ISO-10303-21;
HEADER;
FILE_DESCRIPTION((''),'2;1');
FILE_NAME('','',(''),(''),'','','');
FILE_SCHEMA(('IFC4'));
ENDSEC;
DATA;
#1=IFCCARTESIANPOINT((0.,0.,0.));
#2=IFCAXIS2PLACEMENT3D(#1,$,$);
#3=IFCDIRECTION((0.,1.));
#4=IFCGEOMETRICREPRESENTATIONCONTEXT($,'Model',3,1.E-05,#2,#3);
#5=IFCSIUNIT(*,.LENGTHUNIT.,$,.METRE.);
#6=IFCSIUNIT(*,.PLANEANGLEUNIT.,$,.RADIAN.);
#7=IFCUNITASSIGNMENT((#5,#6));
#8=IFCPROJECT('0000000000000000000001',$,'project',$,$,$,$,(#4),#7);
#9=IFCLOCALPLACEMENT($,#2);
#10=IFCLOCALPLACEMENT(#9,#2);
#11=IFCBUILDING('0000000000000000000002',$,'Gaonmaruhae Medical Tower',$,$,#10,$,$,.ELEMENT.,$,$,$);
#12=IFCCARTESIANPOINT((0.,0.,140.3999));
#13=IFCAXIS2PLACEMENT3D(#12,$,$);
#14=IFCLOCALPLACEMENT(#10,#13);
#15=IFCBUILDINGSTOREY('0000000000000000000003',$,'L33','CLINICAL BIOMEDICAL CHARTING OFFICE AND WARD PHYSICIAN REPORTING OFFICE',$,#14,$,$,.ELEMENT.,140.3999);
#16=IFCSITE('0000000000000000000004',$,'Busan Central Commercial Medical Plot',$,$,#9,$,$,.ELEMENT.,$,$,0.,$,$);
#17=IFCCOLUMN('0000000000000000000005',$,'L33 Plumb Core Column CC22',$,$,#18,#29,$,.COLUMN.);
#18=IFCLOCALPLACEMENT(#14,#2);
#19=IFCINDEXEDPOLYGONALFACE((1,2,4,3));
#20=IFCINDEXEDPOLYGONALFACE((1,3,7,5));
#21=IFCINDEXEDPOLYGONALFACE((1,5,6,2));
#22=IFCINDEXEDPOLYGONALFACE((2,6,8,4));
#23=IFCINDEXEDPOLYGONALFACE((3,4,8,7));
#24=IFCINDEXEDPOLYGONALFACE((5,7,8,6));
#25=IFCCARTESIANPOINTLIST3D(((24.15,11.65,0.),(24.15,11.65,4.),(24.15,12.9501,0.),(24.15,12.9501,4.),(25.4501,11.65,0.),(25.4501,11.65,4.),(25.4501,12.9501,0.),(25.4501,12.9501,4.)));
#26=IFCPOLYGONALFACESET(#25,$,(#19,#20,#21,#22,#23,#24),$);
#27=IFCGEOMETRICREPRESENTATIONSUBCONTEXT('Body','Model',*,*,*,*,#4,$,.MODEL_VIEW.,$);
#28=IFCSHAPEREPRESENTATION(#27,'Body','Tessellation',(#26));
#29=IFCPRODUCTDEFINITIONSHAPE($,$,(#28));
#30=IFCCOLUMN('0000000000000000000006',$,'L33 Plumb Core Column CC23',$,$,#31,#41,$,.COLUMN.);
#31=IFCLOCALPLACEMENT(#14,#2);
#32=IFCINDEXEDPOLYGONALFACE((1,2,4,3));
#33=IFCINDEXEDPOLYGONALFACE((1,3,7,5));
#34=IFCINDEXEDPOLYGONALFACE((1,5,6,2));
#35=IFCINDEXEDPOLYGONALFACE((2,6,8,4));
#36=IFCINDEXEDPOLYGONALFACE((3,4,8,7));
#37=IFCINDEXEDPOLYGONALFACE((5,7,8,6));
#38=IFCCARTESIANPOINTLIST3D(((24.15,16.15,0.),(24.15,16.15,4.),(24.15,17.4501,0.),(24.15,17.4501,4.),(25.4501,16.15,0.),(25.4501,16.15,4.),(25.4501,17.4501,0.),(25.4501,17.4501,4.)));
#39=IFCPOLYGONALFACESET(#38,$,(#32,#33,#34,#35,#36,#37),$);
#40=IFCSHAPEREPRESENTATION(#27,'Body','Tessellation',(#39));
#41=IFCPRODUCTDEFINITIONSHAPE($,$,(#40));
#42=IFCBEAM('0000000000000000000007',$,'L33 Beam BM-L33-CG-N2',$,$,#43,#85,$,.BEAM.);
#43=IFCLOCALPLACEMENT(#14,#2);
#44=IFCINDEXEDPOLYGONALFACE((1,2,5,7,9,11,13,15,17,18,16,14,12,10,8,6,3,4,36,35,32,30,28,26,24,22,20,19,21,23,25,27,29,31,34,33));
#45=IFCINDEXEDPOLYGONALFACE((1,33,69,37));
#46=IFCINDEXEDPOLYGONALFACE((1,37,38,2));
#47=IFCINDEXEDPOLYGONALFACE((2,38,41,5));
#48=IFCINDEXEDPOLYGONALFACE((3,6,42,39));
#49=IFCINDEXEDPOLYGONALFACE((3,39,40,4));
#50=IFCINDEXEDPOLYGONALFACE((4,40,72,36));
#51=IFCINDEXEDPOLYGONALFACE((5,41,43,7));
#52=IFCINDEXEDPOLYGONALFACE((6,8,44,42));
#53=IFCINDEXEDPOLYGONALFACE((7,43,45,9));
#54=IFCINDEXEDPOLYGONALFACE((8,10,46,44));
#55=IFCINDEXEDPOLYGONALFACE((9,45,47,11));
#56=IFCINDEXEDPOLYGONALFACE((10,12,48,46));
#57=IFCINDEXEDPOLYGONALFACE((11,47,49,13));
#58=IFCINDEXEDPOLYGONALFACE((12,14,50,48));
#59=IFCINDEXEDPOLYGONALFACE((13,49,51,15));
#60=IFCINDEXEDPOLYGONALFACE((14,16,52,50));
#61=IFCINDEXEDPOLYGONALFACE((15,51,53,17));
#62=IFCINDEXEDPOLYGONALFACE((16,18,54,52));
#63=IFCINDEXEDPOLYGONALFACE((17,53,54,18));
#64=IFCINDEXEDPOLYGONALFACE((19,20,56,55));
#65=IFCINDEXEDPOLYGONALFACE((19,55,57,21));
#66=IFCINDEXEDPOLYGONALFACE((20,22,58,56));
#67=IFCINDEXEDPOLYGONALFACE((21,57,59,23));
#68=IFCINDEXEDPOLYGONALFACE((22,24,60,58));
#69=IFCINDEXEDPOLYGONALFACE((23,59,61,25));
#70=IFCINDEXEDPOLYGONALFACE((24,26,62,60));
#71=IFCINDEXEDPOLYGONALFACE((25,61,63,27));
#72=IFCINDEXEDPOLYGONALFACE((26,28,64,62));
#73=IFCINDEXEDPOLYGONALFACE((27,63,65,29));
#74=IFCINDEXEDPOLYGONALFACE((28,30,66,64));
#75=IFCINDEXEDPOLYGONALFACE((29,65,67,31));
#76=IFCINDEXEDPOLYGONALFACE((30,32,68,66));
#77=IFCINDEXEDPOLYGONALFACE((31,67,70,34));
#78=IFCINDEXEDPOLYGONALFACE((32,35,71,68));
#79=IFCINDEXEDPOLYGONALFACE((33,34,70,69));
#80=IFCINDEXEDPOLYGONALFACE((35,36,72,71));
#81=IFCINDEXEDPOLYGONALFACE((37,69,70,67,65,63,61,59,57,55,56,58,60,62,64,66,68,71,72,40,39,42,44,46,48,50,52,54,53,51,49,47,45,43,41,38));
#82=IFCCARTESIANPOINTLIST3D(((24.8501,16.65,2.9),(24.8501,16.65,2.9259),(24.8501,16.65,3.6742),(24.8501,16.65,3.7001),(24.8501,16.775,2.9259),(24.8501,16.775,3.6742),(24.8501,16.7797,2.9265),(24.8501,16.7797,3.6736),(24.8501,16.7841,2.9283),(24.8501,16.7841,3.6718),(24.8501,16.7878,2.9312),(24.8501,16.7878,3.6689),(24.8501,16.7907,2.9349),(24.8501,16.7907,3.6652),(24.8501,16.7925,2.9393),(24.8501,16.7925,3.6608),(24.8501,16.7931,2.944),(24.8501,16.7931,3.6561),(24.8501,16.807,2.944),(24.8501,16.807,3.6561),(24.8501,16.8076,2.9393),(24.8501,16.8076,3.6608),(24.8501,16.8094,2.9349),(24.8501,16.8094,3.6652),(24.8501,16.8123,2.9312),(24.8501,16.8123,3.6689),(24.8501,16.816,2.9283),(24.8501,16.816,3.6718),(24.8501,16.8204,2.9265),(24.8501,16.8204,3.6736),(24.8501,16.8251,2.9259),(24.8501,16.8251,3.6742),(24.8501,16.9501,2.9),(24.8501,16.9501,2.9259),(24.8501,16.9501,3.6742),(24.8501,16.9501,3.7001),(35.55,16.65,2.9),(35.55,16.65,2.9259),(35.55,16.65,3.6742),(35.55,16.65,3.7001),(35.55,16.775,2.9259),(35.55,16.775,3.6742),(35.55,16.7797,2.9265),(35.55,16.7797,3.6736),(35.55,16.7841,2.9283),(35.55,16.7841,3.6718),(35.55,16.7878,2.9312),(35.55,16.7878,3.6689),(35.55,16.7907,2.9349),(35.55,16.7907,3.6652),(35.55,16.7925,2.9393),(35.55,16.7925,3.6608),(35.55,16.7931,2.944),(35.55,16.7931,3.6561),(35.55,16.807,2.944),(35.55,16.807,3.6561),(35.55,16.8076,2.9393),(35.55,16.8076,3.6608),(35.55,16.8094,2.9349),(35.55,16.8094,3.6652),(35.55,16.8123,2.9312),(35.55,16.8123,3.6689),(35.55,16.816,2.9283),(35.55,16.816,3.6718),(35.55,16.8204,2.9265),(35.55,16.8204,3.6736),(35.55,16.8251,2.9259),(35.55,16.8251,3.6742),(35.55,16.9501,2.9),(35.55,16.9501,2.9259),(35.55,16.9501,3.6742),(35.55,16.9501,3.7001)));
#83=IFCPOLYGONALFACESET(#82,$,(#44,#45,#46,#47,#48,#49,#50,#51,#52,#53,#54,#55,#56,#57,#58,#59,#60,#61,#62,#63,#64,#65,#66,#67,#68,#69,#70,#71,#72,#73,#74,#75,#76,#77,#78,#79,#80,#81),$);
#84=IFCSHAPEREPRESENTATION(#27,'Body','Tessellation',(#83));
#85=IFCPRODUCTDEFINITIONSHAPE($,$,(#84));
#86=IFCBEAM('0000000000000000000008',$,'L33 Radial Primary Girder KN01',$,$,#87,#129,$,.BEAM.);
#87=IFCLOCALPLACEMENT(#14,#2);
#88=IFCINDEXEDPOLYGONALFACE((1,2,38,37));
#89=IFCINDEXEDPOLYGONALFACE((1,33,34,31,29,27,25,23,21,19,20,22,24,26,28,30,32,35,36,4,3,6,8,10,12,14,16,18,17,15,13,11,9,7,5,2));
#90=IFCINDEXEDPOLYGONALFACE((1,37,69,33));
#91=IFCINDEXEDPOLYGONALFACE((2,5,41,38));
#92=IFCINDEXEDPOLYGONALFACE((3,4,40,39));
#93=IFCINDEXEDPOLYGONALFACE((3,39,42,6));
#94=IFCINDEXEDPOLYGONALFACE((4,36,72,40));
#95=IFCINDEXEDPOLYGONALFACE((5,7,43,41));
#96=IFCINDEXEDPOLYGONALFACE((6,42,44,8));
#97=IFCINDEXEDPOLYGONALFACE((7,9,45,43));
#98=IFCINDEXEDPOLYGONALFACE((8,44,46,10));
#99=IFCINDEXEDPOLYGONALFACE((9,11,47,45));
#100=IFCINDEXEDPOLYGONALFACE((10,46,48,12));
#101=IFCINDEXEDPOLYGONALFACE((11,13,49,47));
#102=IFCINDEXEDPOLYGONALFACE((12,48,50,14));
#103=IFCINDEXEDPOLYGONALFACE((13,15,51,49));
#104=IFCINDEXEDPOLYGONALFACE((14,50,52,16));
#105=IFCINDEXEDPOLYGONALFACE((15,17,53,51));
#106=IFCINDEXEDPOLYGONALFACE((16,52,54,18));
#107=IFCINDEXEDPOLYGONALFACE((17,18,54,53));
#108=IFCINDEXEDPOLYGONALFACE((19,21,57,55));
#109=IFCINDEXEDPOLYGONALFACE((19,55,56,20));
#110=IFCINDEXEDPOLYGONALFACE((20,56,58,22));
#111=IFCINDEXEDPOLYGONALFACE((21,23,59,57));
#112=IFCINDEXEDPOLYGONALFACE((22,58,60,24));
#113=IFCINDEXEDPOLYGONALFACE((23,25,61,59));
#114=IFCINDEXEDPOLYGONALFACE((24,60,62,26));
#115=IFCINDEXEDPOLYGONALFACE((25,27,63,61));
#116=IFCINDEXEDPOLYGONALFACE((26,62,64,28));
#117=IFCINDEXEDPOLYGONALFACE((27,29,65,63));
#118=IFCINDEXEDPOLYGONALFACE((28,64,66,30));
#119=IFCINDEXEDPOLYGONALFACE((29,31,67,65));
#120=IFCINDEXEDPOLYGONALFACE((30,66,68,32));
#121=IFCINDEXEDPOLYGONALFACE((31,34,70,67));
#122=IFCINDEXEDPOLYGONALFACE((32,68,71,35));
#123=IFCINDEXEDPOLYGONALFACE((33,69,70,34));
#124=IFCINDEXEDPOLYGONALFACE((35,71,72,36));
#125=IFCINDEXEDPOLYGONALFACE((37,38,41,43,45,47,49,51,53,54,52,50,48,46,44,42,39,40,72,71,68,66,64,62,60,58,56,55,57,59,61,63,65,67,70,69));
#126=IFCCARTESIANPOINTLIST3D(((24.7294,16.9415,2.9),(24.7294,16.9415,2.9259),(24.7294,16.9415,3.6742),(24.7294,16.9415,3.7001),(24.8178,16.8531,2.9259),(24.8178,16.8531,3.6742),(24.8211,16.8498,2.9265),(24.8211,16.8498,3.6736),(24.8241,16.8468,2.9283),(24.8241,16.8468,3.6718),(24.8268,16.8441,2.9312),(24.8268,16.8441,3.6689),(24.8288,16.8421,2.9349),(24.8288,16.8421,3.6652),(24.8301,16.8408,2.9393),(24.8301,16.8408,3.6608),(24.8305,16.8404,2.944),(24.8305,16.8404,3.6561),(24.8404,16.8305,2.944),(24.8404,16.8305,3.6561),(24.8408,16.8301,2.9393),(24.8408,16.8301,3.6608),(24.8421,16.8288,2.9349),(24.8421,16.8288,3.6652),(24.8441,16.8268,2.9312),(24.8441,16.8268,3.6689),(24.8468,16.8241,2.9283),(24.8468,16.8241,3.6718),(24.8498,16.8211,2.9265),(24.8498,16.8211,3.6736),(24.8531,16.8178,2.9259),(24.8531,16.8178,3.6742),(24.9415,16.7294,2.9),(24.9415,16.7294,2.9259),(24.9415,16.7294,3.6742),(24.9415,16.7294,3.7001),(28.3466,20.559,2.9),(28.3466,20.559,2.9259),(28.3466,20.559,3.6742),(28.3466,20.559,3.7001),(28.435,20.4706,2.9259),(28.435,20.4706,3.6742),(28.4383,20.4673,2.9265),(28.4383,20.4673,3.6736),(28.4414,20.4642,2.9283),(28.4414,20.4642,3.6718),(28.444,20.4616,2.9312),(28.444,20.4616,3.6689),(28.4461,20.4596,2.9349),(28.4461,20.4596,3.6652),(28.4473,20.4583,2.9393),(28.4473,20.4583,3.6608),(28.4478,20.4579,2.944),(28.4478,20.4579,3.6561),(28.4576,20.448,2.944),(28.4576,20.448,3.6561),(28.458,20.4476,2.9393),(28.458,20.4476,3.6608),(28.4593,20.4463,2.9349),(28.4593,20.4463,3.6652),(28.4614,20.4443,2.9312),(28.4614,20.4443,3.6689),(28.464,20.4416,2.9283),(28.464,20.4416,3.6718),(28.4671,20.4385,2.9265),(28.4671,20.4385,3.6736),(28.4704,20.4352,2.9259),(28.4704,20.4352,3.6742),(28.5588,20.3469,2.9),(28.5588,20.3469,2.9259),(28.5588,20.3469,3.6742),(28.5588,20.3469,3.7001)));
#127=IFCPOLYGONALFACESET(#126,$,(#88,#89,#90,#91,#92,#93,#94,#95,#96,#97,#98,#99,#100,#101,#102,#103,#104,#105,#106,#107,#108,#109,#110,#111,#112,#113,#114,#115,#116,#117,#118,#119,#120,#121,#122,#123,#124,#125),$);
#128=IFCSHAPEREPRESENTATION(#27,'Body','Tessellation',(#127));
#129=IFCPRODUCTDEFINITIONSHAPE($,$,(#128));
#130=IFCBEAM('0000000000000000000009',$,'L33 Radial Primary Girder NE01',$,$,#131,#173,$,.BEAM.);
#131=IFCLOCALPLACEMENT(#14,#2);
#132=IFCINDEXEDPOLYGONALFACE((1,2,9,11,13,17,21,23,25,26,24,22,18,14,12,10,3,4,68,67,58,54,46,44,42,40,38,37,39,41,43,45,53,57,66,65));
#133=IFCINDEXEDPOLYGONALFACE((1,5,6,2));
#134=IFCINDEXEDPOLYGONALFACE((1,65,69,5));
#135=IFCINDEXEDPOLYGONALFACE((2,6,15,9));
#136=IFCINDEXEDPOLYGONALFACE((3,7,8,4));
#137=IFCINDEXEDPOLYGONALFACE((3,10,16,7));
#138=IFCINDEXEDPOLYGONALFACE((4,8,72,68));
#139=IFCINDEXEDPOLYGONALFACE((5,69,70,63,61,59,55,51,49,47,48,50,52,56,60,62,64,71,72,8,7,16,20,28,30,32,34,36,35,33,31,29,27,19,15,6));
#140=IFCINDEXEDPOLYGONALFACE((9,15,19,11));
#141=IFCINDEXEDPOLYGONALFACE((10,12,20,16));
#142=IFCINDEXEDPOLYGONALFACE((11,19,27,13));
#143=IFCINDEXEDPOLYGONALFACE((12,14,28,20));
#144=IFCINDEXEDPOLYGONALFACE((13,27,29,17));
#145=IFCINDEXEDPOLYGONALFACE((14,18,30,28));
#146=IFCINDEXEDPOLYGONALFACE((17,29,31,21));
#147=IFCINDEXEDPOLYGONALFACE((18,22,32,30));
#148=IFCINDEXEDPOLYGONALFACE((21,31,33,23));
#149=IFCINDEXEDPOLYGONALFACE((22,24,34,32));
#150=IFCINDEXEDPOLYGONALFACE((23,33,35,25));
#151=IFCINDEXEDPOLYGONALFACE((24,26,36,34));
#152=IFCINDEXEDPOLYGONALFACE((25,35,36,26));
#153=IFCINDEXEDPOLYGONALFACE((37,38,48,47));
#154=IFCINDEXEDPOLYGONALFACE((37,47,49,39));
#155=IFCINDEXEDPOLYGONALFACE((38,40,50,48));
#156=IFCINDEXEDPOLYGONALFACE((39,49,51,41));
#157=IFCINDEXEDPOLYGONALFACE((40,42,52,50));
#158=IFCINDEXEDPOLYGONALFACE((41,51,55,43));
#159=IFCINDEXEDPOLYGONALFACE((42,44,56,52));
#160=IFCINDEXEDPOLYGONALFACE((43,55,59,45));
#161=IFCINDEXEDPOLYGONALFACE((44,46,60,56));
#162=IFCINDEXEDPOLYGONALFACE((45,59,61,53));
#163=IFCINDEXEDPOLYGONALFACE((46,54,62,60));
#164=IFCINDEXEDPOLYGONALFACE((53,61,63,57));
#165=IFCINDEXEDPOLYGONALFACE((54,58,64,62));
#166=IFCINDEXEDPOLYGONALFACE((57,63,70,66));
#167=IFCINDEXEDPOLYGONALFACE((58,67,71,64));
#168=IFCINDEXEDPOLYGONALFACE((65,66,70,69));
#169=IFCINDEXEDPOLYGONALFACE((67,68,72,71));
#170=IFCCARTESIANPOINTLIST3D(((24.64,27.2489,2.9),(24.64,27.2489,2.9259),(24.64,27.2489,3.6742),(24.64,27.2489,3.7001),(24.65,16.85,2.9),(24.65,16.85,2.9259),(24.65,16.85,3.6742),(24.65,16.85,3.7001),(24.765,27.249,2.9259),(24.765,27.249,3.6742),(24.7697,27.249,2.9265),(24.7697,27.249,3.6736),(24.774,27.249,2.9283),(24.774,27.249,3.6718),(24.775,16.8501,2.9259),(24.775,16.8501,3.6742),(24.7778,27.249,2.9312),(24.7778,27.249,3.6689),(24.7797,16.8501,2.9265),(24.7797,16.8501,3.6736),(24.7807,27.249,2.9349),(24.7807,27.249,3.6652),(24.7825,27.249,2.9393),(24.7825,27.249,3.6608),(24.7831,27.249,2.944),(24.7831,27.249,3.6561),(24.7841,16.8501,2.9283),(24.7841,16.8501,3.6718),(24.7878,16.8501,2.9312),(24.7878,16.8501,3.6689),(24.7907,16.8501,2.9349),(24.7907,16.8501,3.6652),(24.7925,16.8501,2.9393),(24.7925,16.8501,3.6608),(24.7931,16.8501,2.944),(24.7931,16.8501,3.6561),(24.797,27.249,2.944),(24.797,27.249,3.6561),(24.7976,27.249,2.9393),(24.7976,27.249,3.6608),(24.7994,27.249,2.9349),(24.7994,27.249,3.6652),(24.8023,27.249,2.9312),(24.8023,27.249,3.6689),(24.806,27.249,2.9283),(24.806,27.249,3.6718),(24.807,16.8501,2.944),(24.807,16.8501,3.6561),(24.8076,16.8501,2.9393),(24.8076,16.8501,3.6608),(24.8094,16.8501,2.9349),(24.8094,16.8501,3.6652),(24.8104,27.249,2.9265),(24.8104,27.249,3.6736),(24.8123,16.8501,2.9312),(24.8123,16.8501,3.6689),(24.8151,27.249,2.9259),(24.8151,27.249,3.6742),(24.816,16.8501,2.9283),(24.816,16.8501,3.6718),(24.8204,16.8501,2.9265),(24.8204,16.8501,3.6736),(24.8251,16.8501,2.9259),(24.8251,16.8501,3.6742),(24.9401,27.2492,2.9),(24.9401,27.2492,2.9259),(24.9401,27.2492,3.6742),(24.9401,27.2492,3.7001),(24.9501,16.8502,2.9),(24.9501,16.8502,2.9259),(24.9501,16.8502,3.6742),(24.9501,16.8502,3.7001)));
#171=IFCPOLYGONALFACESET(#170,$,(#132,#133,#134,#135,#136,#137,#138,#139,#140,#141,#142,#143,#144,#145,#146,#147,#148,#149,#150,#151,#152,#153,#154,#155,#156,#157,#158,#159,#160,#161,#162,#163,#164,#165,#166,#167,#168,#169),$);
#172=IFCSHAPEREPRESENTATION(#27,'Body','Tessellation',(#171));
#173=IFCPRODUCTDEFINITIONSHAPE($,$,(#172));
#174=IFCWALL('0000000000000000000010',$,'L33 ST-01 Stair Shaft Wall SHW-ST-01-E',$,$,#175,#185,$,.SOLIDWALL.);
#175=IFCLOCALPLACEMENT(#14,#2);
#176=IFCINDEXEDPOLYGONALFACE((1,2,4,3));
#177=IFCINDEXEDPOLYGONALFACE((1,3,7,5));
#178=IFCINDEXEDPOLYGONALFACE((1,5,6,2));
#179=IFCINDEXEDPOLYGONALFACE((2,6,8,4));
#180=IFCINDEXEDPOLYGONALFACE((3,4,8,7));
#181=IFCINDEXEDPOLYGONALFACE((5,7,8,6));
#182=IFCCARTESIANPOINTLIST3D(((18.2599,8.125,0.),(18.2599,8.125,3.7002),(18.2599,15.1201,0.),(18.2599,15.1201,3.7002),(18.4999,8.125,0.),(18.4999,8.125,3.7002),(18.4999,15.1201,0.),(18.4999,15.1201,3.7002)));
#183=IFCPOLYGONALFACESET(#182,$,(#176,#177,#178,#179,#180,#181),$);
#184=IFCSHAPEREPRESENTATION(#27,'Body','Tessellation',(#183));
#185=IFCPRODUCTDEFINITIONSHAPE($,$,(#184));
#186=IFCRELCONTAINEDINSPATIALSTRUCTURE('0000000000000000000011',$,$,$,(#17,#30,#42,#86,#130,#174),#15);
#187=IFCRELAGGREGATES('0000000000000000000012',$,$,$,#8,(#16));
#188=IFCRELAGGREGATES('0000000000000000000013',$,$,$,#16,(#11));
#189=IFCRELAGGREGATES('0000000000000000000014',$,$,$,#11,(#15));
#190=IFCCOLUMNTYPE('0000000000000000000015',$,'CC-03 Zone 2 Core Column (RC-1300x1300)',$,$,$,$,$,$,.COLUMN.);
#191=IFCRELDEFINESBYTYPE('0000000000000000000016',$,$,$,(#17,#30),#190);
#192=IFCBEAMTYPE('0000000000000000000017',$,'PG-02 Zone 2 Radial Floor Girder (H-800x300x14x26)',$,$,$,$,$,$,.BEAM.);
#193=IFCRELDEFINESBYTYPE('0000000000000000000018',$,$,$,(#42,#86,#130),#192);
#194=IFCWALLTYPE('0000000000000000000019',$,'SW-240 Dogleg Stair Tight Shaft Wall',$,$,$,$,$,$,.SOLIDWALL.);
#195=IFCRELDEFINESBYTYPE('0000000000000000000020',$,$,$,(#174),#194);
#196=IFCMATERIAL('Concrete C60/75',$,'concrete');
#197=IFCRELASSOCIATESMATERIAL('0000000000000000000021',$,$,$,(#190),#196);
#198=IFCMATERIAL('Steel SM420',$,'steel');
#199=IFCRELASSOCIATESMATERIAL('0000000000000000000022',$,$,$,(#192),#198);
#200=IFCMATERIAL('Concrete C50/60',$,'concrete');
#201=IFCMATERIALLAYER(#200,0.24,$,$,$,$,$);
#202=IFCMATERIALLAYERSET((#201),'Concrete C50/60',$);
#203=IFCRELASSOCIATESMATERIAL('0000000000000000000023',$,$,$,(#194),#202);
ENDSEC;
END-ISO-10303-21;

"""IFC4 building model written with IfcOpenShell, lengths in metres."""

from ifc_helpers import new_model, si_unit, direction, frame, frame_2d, origin, origin_2d, place, context, subcontext, project, spatial, rectangle, i_section, extrude, material, layer, layer_set, material_profile, profile_set, type_object, element, save


model = new_model("IFC4")

# Units and contexts
model_context = context("Model", 3, precision=1e-05, world=origin(), true_north=direction((0.0, 1.0)))
body_context = subcontext(model_context, "Body", "Model", "MODEL_VIEW")
ifc_project = project(units=[si_unit("LENGTHUNIT", "METRE"), si_unit("PLANEANGLEUNIT", "RADIAN")], contexts=[model_context])

# Site, building, storey
site_placement = place(None, origin())
site = spatial("IfcSite", under=ifc_project, at=site_placement, Name="Busan Central Commercial Medical Plot", CompositionType="ELEMENT", RefElevation=0.0)
building_placement = place(site_placement, origin())
building = spatial("IfcBuilding", under=site, at=building_placement, Name="Gaonmaruhae Medical Tower", CompositionType="ELEMENT")
storey_placement = place(building_placement, frame((0.0, 0.0, 140.3999)))
storey = spatial("IfcBuildingStorey", under=building, at=storey_placement, Name="L33", Description="CLINICAL BIOMEDICAL CHARTING OFFICE AND WARD PHYSICIAN REPORTING OFFICE", CompositionType="ELEMENT", Elevation=140.3999)

# Columns
ifc_material_1 = material(Name="Concrete C60/75", Category="concrete")
ifc_material_profile_1 = material_profile(ifc_material_1, rectangle(XDim=1.3, YDim=1.3, at=origin_2d()), Name="RC-1300x1300")
ifc_profile_set_1 = profile_set([ifc_material_profile_1], Name="Concrete C60/75")
column_type = type_object("IfcColumnType", Name="CC-03 Zone 2 Core Column (RC-1300x1300)", PredefinedType="COLUMN", material=ifc_profile_set_1)
for number, where, z_axis, x_axis, name in (
    (1, (24.8, 12.3, 0.0), (0.0, 0.0, 1.0), (1.0, 0.0, 0.0), "L33 Plumb Core Column CC22"),
    (2, (24.8, 16.8, 0.0), (0.0, 0.0, 1.0), (1.0, 0.0, 0.0), "L33 Plumb Core Column CC23"),
):
    element("IfcColumn", number, at=place(storey_placement, frame(where, z_axis=z_axis, x_axis=x_axis)), inside=storey, type_object=column_type, Name=name, PredefinedType="COLUMN", context=body_context, shape_type="SweptSolid", body=[
        extrude(rectangle(XDim=1.3, YDim=1.3, at=origin_2d()), origin(), (0.0, 0.0, 1.0), 4.0),
    ])

# Beams
ifc_material_2 = material(Name="Steel SM420", Category="steel")
ifc_material_profile_2 = material_profile(ifc_material_2, i_section(OverallWidth=0.3, OverallDepth=0.8, WebThickness=0.0139, FlangeThickness=0.0259, FilletRadius=0.0181, at=origin_2d()), Name="H-800x300x14x26")
ifc_profile_set_2 = profile_set([ifc_material_profile_2], Name="Steel SM420")
beam_type = type_object("IfcBeamType", Name="PG-02 Zone 2 Radial Floor Girder (H-800x300x14x26)", PredefinedType="BEAM", material=ifc_profile_set_2)
beam_1_placement = place(storey_placement, frame((24.8501, 16.8, 3.3), z_axis=(1.0, 0.0, 0.0), x_axis=(0.0, 1.0, 0.0)))
element("IfcBeam", 3, at=beam_1_placement, inside=storey, type_object=beam_type, Name="L33 Beam BM-L33-CG-N2", PredefinedType="BEAM", context=body_context, shape_type="SweptSolid", body=[
    extrude(i_section(OverallWidth=0.3, OverallDepth=0.8, WebThickness=0.0139, FlangeThickness=0.0259, FilletRadius=0.0181, at=origin_2d()), origin(), (0.0, 0.0, 1.0), 10.7),
])
beam_2_placement = place(storey_placement, frame((24.8354, 16.8354, 3.3), z_axis=(0.707083, 0.707131, 0.0), x_axis=(-0.707131, 0.707083, 0.0)))
element("IfcBeam", 4, at=beam_2_placement, inside=storey, type_object=beam_type, Name="L33 Radial Primary Girder KN01", PredefinedType="BEAM", context=body_context, shape_type="SweptSolid", body=[
    extrude(i_section(OverallWidth=0.3, OverallDepth=0.8, WebThickness=0.0139, FlangeThickness=0.0259, FilletRadius=0.0181, at=origin_2d()), origin(), (0.0, 0.0, 1.0), 5.1157),
])
beam_3_placement = place(storey_placement, frame((24.8, 16.8501, 3.3), z_axis=(-0.000963, 1.0, 0.0), x_axis=(-1.0, -0.000963, 0.0)))
element("IfcBeam", 5, at=beam_3_placement, inside=storey, type_object=beam_type, Name="L33 Radial Primary Girder NE01", PredefinedType="BEAM", context=body_context, shape_type="SweptSolid", body=[
    extrude(i_section(OverallWidth=0.3, OverallDepth=0.8, WebThickness=0.0139, FlangeThickness=0.0259, FilletRadius=0.0181, at=origin_2d()), origin(), (0.0, 0.0, 1.0), 10.3989),
])

# Wall
ifc_material_3 = material(Name="Concrete C50/60", Category="concrete")
ifc_layer_1 = layer(ifc_material_3, 0.24)
ifc_layer_set_1 = layer_set([ifc_layer_1], Name="Concrete C50/60")
wall_type_1 = type_object("IfcWallType", Name="SW-240 Dogleg Stair Tight Shaft Wall", PredefinedType="SOLIDWALL", material=ifc_layer_set_1)
wall_1_placement = place(storey_placement, frame((18.3799, 15.1201, 0.0), z_axis=(0.0, 0.0, 1.0), x_axis=(0.0, -1.0, 0.0)))
element("IfcWall", 6, at=wall_1_placement, inside=storey, type_object=wall_type_1, Name="L33 ST-01 Stair Shaft Wall SHW-ST-01-E", PredefinedType="SOLIDWALL", context=body_context, shape_type="SweptSolid", body=[
    extrude(rectangle(XDim=6.9951, YDim=0.24, at=frame_2d((3.4976, 0.0))), origin(), (0.0, 0.0, 1.0), 3.7002),
])

save(model, "model.ifc")
